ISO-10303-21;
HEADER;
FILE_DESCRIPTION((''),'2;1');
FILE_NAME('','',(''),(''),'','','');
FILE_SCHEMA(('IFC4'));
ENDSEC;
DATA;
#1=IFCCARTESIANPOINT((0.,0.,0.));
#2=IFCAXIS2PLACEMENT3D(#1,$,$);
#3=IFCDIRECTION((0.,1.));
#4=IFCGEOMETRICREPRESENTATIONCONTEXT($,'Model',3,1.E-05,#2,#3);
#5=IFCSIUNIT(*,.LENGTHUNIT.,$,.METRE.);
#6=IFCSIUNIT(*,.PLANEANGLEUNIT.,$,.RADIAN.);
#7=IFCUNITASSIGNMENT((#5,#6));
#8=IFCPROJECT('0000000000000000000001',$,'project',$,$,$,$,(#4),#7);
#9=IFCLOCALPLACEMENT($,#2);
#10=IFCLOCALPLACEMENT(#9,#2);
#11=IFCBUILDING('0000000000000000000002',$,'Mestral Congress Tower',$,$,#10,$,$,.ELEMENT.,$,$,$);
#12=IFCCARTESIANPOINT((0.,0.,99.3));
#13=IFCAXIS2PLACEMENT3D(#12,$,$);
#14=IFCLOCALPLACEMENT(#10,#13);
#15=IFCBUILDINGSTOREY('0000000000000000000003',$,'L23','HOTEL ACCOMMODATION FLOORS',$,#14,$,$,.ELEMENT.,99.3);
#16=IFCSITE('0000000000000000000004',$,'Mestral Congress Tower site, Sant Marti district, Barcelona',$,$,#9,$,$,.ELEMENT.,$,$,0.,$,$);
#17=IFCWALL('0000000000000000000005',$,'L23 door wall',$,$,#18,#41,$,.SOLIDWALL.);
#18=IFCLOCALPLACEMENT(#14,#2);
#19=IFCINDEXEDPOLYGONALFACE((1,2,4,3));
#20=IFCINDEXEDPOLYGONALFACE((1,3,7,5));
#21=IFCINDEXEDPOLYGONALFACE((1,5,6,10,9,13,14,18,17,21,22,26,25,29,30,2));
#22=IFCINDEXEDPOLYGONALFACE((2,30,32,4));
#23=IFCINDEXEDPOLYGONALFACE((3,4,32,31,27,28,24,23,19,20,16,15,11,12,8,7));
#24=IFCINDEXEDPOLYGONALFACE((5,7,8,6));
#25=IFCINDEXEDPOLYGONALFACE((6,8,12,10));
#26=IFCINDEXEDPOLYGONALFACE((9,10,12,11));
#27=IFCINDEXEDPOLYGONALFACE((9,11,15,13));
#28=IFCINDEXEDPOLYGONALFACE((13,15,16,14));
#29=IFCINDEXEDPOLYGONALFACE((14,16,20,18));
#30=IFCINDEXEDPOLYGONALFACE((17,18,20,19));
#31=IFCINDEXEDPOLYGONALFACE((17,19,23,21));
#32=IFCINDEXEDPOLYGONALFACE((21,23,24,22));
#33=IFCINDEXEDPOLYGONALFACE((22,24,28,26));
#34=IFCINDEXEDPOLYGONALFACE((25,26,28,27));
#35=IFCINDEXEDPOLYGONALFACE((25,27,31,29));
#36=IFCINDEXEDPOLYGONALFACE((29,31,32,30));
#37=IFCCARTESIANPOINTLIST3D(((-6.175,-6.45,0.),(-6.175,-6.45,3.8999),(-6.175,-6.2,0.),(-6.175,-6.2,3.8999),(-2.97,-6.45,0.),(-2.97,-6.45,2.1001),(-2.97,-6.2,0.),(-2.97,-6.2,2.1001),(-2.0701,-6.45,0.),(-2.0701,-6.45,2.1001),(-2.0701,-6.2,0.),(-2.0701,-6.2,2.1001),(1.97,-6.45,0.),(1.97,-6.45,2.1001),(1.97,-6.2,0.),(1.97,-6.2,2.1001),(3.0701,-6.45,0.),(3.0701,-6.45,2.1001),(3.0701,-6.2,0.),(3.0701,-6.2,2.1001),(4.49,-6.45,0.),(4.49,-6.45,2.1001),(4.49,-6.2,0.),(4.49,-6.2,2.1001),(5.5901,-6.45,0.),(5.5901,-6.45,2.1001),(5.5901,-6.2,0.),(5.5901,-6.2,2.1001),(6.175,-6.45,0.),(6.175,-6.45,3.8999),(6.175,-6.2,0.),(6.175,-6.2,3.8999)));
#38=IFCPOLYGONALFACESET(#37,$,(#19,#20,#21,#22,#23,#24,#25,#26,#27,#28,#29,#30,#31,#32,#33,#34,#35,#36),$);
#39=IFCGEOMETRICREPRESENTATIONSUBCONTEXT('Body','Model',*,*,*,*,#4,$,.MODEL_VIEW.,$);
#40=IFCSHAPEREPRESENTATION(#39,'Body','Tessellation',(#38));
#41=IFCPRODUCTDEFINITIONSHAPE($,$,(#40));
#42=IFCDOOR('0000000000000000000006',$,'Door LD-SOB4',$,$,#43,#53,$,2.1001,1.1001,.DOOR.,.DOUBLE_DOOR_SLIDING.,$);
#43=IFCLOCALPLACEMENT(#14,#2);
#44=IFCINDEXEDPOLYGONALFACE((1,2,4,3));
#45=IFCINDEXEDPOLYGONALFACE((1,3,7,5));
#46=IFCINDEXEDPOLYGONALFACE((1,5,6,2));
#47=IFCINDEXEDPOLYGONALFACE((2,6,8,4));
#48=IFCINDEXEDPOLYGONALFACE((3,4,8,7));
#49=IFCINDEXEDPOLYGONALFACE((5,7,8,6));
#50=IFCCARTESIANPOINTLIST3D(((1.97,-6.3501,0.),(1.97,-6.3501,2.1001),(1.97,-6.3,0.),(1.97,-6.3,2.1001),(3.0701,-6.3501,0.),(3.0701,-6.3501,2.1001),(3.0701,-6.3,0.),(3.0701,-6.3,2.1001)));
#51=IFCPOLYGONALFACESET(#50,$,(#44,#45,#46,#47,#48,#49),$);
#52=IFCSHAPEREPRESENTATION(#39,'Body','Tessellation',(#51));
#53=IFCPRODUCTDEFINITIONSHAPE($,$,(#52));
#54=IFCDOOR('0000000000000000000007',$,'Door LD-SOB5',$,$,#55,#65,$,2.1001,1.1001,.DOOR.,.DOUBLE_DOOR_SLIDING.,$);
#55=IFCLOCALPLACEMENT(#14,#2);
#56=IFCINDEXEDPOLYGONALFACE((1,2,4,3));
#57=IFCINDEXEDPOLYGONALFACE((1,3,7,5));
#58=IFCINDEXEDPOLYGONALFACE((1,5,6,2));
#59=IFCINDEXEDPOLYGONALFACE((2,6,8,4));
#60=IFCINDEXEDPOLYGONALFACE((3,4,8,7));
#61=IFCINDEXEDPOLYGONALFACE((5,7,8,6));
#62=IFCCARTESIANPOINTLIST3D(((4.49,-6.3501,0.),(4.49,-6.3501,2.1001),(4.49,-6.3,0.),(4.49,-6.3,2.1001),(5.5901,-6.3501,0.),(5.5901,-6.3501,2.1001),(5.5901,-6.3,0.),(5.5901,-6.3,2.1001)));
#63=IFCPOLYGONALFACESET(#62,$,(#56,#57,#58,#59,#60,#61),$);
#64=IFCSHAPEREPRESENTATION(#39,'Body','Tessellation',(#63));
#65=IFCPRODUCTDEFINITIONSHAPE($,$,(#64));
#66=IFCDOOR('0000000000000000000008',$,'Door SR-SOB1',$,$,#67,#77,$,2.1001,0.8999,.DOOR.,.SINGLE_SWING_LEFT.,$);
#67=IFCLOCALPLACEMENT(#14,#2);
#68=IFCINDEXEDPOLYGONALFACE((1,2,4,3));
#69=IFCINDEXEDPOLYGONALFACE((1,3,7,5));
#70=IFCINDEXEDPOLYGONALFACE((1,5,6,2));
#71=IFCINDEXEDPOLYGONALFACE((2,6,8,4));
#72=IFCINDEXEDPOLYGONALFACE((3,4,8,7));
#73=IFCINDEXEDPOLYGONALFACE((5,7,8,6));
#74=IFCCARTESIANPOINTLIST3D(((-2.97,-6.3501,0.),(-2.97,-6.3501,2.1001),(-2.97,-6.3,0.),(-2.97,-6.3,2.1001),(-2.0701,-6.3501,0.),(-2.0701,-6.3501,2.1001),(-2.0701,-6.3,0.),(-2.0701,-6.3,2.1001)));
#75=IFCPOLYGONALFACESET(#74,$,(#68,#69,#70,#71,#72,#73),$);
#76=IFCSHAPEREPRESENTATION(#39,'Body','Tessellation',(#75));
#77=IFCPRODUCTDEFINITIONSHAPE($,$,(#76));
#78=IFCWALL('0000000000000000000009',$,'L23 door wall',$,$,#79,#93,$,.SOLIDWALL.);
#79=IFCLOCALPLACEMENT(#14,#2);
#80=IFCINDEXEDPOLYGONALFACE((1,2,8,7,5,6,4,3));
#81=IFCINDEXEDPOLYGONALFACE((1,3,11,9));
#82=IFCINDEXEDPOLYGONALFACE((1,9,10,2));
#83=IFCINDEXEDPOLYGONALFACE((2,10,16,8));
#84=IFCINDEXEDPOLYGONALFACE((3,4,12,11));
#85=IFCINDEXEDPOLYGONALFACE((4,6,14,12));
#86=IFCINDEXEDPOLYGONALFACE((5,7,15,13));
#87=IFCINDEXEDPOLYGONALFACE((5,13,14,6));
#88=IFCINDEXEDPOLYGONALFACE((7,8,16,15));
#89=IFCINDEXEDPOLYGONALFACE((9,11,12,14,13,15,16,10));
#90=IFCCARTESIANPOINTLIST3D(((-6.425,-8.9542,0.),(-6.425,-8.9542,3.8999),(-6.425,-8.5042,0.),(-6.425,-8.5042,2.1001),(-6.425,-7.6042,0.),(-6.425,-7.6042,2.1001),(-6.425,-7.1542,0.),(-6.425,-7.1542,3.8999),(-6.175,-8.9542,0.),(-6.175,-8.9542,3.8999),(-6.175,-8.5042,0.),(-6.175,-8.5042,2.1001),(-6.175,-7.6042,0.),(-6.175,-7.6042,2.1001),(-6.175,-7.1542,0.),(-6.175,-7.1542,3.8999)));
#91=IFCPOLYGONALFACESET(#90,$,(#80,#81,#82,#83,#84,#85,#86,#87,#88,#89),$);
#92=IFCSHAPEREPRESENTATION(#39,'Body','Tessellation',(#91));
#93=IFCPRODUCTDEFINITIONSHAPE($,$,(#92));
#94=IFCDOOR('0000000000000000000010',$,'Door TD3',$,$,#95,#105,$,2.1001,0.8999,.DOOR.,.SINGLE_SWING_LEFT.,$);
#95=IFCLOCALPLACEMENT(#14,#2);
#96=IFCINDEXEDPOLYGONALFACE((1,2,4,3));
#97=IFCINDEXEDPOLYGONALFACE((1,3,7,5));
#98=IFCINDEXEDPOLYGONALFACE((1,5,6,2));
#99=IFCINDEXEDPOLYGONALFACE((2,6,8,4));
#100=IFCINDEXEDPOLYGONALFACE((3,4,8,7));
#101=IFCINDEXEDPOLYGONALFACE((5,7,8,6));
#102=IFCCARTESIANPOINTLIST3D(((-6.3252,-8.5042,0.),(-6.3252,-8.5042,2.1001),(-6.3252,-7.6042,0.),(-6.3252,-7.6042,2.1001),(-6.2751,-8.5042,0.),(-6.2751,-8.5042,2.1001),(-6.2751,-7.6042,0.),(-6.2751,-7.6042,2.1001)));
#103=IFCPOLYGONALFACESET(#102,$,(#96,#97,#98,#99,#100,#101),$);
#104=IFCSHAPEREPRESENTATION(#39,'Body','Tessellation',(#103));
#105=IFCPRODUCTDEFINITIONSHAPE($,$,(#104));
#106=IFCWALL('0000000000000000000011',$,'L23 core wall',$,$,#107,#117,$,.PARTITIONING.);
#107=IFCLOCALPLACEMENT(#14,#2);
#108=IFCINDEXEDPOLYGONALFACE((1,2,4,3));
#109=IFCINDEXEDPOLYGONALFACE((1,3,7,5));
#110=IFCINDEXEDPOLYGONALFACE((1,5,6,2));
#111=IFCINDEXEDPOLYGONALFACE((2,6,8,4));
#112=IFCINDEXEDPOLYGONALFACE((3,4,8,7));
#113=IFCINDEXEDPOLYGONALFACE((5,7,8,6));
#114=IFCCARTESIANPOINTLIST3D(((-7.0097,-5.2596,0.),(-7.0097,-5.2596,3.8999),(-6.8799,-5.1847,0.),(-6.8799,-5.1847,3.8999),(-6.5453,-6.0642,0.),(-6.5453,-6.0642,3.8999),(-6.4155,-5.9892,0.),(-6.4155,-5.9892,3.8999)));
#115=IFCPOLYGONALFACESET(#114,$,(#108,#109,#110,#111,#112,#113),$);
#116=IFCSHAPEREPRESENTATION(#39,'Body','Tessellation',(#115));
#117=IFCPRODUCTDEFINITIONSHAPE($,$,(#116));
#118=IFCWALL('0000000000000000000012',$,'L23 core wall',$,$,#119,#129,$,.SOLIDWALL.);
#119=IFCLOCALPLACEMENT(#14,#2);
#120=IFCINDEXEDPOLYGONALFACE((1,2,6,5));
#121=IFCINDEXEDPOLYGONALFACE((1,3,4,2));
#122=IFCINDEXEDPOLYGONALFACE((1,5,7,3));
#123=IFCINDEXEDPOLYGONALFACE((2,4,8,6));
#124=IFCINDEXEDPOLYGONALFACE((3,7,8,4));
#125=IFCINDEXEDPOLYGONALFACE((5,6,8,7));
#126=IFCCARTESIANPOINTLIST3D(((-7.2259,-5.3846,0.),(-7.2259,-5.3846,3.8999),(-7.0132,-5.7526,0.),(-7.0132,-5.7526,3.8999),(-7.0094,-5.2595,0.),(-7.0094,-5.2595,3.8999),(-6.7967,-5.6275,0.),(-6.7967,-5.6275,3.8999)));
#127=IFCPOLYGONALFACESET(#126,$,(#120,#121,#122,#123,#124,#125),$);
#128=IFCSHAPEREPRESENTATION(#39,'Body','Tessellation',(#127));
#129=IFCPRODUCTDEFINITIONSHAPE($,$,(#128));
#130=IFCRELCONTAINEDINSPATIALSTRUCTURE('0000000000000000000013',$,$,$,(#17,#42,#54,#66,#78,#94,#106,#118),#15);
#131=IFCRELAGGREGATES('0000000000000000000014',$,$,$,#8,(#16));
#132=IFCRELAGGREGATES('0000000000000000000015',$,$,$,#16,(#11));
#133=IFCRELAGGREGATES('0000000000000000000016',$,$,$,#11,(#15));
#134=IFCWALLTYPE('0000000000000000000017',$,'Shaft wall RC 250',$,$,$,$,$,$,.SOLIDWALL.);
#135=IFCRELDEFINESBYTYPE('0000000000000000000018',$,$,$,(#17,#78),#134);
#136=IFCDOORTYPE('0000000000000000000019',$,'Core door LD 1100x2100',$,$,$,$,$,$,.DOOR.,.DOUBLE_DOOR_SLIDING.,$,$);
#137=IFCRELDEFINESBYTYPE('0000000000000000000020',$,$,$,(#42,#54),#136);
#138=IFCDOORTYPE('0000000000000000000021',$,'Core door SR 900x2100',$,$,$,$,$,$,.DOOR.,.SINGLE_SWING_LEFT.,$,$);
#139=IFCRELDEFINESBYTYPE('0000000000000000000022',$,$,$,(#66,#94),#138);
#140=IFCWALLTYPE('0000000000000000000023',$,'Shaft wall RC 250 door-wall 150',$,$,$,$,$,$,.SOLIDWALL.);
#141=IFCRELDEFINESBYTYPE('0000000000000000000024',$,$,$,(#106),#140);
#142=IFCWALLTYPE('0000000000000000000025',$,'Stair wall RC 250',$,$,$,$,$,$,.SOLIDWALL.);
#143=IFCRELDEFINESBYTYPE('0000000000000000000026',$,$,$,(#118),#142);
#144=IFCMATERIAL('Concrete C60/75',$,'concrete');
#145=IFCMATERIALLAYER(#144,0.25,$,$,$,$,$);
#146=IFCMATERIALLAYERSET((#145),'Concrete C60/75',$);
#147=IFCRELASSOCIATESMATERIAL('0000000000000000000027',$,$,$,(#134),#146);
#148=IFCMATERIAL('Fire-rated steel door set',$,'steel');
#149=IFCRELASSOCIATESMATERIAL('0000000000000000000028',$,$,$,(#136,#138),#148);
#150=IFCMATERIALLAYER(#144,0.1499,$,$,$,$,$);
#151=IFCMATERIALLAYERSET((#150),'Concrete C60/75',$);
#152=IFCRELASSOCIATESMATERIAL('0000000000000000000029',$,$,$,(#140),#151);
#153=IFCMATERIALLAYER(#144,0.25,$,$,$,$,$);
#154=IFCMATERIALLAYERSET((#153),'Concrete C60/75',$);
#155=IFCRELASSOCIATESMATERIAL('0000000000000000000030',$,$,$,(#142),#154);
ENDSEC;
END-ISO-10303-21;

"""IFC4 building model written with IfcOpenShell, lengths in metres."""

from ifc_helpers import new_model, si_unit, direction, frame, frame_2d, origin, place, context, subcontext, project, spatial, rectangle, extrude, material, layer, layer_set, type_object, element, fill, save


model = new_model("IFC4")

# Units and contexts
model_context = context("Model", 3, precision=1e-05, world=origin(), true_north=direction((0.0, 1.0)))
body_context = subcontext(model_context, "Body", "Model", "MODEL_VIEW")
ifc_project = project(units=[si_unit("LENGTHUNIT", "METRE"), si_unit("PLANEANGLEUNIT", "RADIAN")], contexts=[model_context])

# Site, building, storey
site_placement = place(None, origin())
site = spatial("IfcSite", under=ifc_project, at=site_placement, Name="Mestral Congress Tower site, Sant Marti district, Barcelona", CompositionType="ELEMENT", RefElevation=0.0)
building_placement = place(site_placement, origin())
building = spatial("IfcBuilding", under=site, at=building_placement, Name="Mestral Congress Tower", CompositionType="ELEMENT")
storey_placement = place(building_placement, frame((0.0, 0.0, 99.3)))
storey = spatial("IfcBuildingStorey", under=building, at=storey_placement, Name="L23", Description="HOTEL ACCOMMODATION FLOORS", CompositionType="ELEMENT", Elevation=99.3)

# Shared definitions
ifc_material_1 = material(Name="Fire-rated steel door set", Category="steel")

# Shared definitions
ifc_material_2 = material(Name="Concrete C60/75", Category="concrete")
ifc_layer_1 = layer(ifc_material_2, 0.25)
ifc_layer_set_1 = layer_set([ifc_layer_1], Name="Concrete C60/75")
wall_type_1 = type_object("IfcWallType", Name="Shaft wall RC 250", PredefinedType="SOLIDWALL", material=ifc_layer_set_1)

# Wall, openings, doors
door_type_1 = type_object("IfcDoorType", Name="Core door LD 1100x2100", OperationType="DOUBLE_DOOR_SLIDING", PredefinedType="DOOR", material=ifc_material_1)
wall_1_placement = place(storey_placement, frame((-6.175, -6.325, 0.0), z_axis=(0.0, 0.0, 1.0), x_axis=(1.0, 0.0, 0.0)))
wall_1 = element("IfcWall", 1, at=wall_1_placement, inside=storey, type_object=wall_type_1, Name="L23 door wall", PredefinedType="SOLIDWALL", context=body_context, shape_type="SweptSolid", body=[
    extrude(rectangle(XDim=12.3501, YDim=0.25, at=frame_2d((6.175, 0.0))), origin(), (0.0, 0.0, 1.0), 3.8999),
])
opening_1_placement = place(wall_1_placement, frame((3.2051, 0.0, 0.0)))
opening_1 = element("IfcOpeningElement", 2, at=opening_1_placement, cuts=wall_1, PredefinedType="OPENING", context=body_context, shape_type="SweptSolid", body=[
    extrude(rectangle(XDim=0.8999, YDim=2.1001, at=frame_2d((0.45, 1.05))), frame((0.0, 0.135, 0.0), z_axis=(0.0, -1.0, 0.0), x_axis=(1.0, 0.0, 0.0)), (0.0, 0.0, 1.0), 0.27),
])
opening_2_placement = place(wall_1_placement, frame((8.145, 0.0, 0.0)))
opening_2 = element("IfcOpeningElement", 3, at=opening_2_placement, cuts=wall_1, PredefinedType="OPENING", context=body_context, shape_type="SweptSolid", body=[
    extrude(rectangle(XDim=1.1001, YDim=2.1001, at=frame_2d((0.55, 1.05))), frame((0.0, 0.135, 0.0), z_axis=(0.0, -1.0, 0.0), x_axis=(1.0, 0.0, 0.0)), (0.0, 0.0, 1.0), 0.27),
])
opening_3_placement = place(wall_1_placement, frame((10.665, 0.0, 0.0)))
opening_3 = element("IfcOpeningElement", 4, at=opening_3_placement, cuts=wall_1, PredefinedType="OPENING", context=body_context, shape_type="SweptSolid", body=[
    extrude(rectangle(XDim=1.1001, YDim=2.1001, at=frame_2d((0.55, 1.05))), frame((0.0, 0.135, 0.0), z_axis=(0.0, -1.0, 0.0), x_axis=(1.0, 0.0, 0.0)), (0.0, 0.0, 1.0), 0.27),
])
door_1_placement = place(opening_2_placement, origin())
door_1 = element("IfcDoor", 5, at=door_1_placement, inside=storey, type_object=door_type_1, Name="Door LD-SOB4", OperationType="DOUBLE_DOOR_SLIDING", OverallHeight=2.1001, OverallWidth=1.1001, PredefinedType="DOOR", context=body_context, shape_type="SweptSolid", body=[
    extrude(rectangle(XDim=1.1001, YDim=2.1001, at=frame_2d((0.55, 1.05))), frame((0.0, 0.0249, 0.0), z_axis=(0.0, -1.0, 0.0), x_axis=(1.0, 0.0, 0.0)), (0.0, 0.0, 1.0), 0.05),
])
fill(opening_2, door_1)
door_2_placement = place(opening_3_placement, origin())
door_2 = element("IfcDoor", 6, at=door_2_placement, inside=storey, type_object=door_type_1, Name="Door LD-SOB5", OperationType="DOUBLE_DOOR_SLIDING", OverallHeight=2.1001, OverallWidth=1.1001, PredefinedType="DOOR", context=body_context, shape_type="SweptSolid", body=[
    extrude(rectangle(XDim=1.1001, YDim=2.1001, at=frame_2d((0.55, 1.05))), frame((0.0, 0.0249, 0.0), z_axis=(0.0, -1.0, 0.0), x_axis=(1.0, 0.0, 0.0)), (0.0, 0.0, 1.0), 0.05),
])
fill(opening_3, door_2)
door_type_2 = type_object("IfcDoorType", Name="Core door SR 900x2100", OperationType="SINGLE_SWING_LEFT", PredefinedType="DOOR", material=ifc_material_1)
door_3_placement = place(opening_1_placement, origin())
door_3 = element("IfcDoor", 7, at=door_3_placement, inside=storey, type_object=door_type_2, Name="Door SR-SOB1", OperationType="SINGLE_SWING_LEFT", OverallHeight=2.1001, OverallWidth=0.8999, PredefinedType="DOOR", context=body_context, shape_type="SweptSolid", body=[
    extrude(rectangle(XDim=0.8999, YDim=2.1001, at=frame_2d((0.45, 1.05))), frame((0.0, 0.0249, 0.0), z_axis=(0.0, -1.0, 0.0), x_axis=(1.0, 0.0, 0.0)), (0.0, 0.0, 1.0), 0.05),
])
fill(opening_1, door_3)

# Wall, opening, door
wall_2_placement = place(storey_placement, frame((-6.3, -7.1543, 0.0), z_axis=(0.0, 0.0, 1.0), x_axis=(0.0, -1.0, 0.0)))
wall_2 = element("IfcWall", 8, at=wall_2_placement, inside=storey, type_object=wall_type_1, Name="L23 door wall", PredefinedType="SOLIDWALL", context=body_context, shape_type="SweptSolid", body=[
    extrude(rectangle(XDim=1.8, YDim=0.25, at=frame_2d((0.8999, 0.0))), origin(), (0.0, 0.0, 1.0), 3.8999),
])
opening_4_placement = place(wall_2_placement, frame((0.45, 0.0, 0.0)))
opening_4 = element("IfcOpeningElement", 9, at=opening_4_placement, cuts=wall_2, PredefinedType="OPENING", context=body_context, shape_type="SweptSolid", body=[
    extrude(rectangle(XDim=0.8999, YDim=2.1001, at=frame_2d((0.45, 1.05))), frame((0.0, 0.135, 0.0), z_axis=(0.0, -1.0, 0.0), x_axis=(1.0, 0.0, 0.0)), (0.0, 0.0, 1.0), 0.27),
])
door_4_placement = place(opening_4_placement, origin())
door_4 = element("IfcDoor", 10, at=door_4_placement, inside=storey, type_object=door_type_2, Name="Door TD3", OperationType="SINGLE_SWING_LEFT", OverallHeight=2.1001, OverallWidth=0.8999, PredefinedType="DOOR", context=body_context, shape_type="SweptSolid", body=[
    extrude(rectangle(XDim=0.8999, YDim=2.1001, at=frame_2d((0.45, 1.05))), frame((0.0, 0.0249, 0.0), z_axis=(0.0, -1.0, 0.0), x_axis=(1.0, 0.0, 0.0)), (0.0, 0.0, 1.0), 0.05),
])
fill(opening_4, door_4)

# Walls
ifc_layer_2 = layer(ifc_material_2, 0.1499)
ifc_layer_set_2 = layer_set([ifc_layer_2], Name="Concrete C60/75")
wall_type_2 = type_object("IfcWallType", Name="Shaft wall RC 250 door-wall 150", PredefinedType="SOLIDWALL", material=ifc_layer_set_2)
wall_3_placement = place(storey_placement, frame((-6.4805, -6.0266, 0.0), z_axis=(0.0, 0.0, 1.0), x_axis=(-0.499927, 0.866067, 0.0)))
element("IfcWall", 11, at=wall_3_placement, inside=storey, type_object=wall_type_2, Name="L23 core wall", PredefinedType="PARTITIONING", context=body_context, shape_type="SweptSolid", body=[
    extrude(rectangle(XDim=0.929, YDim=0.1499, at=frame_2d((0.4644, 0.0))), origin(), (0.0, 0.0, 1.0), 3.8999),
])
ifc_layer_3 = layer(ifc_material_2, 0.25)
ifc_layer_set_3 = layer_set([ifc_layer_3], Name="Concrete C60/75")
wall_type_3 = type_object("IfcWallType", Name="Stair wall RC 250", PredefinedType="SOLIDWALL", material=ifc_layer_set_3)
wall_4_placement = place(storey_placement, frame((-6.905, -5.6899, 0.0), z_axis=(0.0, 0.0, 1.0), x_axis=(-0.500402, 0.865793, 0.0)))
element("IfcWall", 12, at=wall_4_placement, inside=storey, type_object=wall_type_3, Name="L23 core wall", PredefinedType="SOLIDWALL", context=body_context, shape_type="SweptSolid", body=[
    extrude(rectangle(XDim=0.425, YDim=0.25, at=frame_2d((0.2124, 0.0))), origin(), (0.0, 0.0, 1.0), 3.8999),
])

save(model, "model.ifc")
